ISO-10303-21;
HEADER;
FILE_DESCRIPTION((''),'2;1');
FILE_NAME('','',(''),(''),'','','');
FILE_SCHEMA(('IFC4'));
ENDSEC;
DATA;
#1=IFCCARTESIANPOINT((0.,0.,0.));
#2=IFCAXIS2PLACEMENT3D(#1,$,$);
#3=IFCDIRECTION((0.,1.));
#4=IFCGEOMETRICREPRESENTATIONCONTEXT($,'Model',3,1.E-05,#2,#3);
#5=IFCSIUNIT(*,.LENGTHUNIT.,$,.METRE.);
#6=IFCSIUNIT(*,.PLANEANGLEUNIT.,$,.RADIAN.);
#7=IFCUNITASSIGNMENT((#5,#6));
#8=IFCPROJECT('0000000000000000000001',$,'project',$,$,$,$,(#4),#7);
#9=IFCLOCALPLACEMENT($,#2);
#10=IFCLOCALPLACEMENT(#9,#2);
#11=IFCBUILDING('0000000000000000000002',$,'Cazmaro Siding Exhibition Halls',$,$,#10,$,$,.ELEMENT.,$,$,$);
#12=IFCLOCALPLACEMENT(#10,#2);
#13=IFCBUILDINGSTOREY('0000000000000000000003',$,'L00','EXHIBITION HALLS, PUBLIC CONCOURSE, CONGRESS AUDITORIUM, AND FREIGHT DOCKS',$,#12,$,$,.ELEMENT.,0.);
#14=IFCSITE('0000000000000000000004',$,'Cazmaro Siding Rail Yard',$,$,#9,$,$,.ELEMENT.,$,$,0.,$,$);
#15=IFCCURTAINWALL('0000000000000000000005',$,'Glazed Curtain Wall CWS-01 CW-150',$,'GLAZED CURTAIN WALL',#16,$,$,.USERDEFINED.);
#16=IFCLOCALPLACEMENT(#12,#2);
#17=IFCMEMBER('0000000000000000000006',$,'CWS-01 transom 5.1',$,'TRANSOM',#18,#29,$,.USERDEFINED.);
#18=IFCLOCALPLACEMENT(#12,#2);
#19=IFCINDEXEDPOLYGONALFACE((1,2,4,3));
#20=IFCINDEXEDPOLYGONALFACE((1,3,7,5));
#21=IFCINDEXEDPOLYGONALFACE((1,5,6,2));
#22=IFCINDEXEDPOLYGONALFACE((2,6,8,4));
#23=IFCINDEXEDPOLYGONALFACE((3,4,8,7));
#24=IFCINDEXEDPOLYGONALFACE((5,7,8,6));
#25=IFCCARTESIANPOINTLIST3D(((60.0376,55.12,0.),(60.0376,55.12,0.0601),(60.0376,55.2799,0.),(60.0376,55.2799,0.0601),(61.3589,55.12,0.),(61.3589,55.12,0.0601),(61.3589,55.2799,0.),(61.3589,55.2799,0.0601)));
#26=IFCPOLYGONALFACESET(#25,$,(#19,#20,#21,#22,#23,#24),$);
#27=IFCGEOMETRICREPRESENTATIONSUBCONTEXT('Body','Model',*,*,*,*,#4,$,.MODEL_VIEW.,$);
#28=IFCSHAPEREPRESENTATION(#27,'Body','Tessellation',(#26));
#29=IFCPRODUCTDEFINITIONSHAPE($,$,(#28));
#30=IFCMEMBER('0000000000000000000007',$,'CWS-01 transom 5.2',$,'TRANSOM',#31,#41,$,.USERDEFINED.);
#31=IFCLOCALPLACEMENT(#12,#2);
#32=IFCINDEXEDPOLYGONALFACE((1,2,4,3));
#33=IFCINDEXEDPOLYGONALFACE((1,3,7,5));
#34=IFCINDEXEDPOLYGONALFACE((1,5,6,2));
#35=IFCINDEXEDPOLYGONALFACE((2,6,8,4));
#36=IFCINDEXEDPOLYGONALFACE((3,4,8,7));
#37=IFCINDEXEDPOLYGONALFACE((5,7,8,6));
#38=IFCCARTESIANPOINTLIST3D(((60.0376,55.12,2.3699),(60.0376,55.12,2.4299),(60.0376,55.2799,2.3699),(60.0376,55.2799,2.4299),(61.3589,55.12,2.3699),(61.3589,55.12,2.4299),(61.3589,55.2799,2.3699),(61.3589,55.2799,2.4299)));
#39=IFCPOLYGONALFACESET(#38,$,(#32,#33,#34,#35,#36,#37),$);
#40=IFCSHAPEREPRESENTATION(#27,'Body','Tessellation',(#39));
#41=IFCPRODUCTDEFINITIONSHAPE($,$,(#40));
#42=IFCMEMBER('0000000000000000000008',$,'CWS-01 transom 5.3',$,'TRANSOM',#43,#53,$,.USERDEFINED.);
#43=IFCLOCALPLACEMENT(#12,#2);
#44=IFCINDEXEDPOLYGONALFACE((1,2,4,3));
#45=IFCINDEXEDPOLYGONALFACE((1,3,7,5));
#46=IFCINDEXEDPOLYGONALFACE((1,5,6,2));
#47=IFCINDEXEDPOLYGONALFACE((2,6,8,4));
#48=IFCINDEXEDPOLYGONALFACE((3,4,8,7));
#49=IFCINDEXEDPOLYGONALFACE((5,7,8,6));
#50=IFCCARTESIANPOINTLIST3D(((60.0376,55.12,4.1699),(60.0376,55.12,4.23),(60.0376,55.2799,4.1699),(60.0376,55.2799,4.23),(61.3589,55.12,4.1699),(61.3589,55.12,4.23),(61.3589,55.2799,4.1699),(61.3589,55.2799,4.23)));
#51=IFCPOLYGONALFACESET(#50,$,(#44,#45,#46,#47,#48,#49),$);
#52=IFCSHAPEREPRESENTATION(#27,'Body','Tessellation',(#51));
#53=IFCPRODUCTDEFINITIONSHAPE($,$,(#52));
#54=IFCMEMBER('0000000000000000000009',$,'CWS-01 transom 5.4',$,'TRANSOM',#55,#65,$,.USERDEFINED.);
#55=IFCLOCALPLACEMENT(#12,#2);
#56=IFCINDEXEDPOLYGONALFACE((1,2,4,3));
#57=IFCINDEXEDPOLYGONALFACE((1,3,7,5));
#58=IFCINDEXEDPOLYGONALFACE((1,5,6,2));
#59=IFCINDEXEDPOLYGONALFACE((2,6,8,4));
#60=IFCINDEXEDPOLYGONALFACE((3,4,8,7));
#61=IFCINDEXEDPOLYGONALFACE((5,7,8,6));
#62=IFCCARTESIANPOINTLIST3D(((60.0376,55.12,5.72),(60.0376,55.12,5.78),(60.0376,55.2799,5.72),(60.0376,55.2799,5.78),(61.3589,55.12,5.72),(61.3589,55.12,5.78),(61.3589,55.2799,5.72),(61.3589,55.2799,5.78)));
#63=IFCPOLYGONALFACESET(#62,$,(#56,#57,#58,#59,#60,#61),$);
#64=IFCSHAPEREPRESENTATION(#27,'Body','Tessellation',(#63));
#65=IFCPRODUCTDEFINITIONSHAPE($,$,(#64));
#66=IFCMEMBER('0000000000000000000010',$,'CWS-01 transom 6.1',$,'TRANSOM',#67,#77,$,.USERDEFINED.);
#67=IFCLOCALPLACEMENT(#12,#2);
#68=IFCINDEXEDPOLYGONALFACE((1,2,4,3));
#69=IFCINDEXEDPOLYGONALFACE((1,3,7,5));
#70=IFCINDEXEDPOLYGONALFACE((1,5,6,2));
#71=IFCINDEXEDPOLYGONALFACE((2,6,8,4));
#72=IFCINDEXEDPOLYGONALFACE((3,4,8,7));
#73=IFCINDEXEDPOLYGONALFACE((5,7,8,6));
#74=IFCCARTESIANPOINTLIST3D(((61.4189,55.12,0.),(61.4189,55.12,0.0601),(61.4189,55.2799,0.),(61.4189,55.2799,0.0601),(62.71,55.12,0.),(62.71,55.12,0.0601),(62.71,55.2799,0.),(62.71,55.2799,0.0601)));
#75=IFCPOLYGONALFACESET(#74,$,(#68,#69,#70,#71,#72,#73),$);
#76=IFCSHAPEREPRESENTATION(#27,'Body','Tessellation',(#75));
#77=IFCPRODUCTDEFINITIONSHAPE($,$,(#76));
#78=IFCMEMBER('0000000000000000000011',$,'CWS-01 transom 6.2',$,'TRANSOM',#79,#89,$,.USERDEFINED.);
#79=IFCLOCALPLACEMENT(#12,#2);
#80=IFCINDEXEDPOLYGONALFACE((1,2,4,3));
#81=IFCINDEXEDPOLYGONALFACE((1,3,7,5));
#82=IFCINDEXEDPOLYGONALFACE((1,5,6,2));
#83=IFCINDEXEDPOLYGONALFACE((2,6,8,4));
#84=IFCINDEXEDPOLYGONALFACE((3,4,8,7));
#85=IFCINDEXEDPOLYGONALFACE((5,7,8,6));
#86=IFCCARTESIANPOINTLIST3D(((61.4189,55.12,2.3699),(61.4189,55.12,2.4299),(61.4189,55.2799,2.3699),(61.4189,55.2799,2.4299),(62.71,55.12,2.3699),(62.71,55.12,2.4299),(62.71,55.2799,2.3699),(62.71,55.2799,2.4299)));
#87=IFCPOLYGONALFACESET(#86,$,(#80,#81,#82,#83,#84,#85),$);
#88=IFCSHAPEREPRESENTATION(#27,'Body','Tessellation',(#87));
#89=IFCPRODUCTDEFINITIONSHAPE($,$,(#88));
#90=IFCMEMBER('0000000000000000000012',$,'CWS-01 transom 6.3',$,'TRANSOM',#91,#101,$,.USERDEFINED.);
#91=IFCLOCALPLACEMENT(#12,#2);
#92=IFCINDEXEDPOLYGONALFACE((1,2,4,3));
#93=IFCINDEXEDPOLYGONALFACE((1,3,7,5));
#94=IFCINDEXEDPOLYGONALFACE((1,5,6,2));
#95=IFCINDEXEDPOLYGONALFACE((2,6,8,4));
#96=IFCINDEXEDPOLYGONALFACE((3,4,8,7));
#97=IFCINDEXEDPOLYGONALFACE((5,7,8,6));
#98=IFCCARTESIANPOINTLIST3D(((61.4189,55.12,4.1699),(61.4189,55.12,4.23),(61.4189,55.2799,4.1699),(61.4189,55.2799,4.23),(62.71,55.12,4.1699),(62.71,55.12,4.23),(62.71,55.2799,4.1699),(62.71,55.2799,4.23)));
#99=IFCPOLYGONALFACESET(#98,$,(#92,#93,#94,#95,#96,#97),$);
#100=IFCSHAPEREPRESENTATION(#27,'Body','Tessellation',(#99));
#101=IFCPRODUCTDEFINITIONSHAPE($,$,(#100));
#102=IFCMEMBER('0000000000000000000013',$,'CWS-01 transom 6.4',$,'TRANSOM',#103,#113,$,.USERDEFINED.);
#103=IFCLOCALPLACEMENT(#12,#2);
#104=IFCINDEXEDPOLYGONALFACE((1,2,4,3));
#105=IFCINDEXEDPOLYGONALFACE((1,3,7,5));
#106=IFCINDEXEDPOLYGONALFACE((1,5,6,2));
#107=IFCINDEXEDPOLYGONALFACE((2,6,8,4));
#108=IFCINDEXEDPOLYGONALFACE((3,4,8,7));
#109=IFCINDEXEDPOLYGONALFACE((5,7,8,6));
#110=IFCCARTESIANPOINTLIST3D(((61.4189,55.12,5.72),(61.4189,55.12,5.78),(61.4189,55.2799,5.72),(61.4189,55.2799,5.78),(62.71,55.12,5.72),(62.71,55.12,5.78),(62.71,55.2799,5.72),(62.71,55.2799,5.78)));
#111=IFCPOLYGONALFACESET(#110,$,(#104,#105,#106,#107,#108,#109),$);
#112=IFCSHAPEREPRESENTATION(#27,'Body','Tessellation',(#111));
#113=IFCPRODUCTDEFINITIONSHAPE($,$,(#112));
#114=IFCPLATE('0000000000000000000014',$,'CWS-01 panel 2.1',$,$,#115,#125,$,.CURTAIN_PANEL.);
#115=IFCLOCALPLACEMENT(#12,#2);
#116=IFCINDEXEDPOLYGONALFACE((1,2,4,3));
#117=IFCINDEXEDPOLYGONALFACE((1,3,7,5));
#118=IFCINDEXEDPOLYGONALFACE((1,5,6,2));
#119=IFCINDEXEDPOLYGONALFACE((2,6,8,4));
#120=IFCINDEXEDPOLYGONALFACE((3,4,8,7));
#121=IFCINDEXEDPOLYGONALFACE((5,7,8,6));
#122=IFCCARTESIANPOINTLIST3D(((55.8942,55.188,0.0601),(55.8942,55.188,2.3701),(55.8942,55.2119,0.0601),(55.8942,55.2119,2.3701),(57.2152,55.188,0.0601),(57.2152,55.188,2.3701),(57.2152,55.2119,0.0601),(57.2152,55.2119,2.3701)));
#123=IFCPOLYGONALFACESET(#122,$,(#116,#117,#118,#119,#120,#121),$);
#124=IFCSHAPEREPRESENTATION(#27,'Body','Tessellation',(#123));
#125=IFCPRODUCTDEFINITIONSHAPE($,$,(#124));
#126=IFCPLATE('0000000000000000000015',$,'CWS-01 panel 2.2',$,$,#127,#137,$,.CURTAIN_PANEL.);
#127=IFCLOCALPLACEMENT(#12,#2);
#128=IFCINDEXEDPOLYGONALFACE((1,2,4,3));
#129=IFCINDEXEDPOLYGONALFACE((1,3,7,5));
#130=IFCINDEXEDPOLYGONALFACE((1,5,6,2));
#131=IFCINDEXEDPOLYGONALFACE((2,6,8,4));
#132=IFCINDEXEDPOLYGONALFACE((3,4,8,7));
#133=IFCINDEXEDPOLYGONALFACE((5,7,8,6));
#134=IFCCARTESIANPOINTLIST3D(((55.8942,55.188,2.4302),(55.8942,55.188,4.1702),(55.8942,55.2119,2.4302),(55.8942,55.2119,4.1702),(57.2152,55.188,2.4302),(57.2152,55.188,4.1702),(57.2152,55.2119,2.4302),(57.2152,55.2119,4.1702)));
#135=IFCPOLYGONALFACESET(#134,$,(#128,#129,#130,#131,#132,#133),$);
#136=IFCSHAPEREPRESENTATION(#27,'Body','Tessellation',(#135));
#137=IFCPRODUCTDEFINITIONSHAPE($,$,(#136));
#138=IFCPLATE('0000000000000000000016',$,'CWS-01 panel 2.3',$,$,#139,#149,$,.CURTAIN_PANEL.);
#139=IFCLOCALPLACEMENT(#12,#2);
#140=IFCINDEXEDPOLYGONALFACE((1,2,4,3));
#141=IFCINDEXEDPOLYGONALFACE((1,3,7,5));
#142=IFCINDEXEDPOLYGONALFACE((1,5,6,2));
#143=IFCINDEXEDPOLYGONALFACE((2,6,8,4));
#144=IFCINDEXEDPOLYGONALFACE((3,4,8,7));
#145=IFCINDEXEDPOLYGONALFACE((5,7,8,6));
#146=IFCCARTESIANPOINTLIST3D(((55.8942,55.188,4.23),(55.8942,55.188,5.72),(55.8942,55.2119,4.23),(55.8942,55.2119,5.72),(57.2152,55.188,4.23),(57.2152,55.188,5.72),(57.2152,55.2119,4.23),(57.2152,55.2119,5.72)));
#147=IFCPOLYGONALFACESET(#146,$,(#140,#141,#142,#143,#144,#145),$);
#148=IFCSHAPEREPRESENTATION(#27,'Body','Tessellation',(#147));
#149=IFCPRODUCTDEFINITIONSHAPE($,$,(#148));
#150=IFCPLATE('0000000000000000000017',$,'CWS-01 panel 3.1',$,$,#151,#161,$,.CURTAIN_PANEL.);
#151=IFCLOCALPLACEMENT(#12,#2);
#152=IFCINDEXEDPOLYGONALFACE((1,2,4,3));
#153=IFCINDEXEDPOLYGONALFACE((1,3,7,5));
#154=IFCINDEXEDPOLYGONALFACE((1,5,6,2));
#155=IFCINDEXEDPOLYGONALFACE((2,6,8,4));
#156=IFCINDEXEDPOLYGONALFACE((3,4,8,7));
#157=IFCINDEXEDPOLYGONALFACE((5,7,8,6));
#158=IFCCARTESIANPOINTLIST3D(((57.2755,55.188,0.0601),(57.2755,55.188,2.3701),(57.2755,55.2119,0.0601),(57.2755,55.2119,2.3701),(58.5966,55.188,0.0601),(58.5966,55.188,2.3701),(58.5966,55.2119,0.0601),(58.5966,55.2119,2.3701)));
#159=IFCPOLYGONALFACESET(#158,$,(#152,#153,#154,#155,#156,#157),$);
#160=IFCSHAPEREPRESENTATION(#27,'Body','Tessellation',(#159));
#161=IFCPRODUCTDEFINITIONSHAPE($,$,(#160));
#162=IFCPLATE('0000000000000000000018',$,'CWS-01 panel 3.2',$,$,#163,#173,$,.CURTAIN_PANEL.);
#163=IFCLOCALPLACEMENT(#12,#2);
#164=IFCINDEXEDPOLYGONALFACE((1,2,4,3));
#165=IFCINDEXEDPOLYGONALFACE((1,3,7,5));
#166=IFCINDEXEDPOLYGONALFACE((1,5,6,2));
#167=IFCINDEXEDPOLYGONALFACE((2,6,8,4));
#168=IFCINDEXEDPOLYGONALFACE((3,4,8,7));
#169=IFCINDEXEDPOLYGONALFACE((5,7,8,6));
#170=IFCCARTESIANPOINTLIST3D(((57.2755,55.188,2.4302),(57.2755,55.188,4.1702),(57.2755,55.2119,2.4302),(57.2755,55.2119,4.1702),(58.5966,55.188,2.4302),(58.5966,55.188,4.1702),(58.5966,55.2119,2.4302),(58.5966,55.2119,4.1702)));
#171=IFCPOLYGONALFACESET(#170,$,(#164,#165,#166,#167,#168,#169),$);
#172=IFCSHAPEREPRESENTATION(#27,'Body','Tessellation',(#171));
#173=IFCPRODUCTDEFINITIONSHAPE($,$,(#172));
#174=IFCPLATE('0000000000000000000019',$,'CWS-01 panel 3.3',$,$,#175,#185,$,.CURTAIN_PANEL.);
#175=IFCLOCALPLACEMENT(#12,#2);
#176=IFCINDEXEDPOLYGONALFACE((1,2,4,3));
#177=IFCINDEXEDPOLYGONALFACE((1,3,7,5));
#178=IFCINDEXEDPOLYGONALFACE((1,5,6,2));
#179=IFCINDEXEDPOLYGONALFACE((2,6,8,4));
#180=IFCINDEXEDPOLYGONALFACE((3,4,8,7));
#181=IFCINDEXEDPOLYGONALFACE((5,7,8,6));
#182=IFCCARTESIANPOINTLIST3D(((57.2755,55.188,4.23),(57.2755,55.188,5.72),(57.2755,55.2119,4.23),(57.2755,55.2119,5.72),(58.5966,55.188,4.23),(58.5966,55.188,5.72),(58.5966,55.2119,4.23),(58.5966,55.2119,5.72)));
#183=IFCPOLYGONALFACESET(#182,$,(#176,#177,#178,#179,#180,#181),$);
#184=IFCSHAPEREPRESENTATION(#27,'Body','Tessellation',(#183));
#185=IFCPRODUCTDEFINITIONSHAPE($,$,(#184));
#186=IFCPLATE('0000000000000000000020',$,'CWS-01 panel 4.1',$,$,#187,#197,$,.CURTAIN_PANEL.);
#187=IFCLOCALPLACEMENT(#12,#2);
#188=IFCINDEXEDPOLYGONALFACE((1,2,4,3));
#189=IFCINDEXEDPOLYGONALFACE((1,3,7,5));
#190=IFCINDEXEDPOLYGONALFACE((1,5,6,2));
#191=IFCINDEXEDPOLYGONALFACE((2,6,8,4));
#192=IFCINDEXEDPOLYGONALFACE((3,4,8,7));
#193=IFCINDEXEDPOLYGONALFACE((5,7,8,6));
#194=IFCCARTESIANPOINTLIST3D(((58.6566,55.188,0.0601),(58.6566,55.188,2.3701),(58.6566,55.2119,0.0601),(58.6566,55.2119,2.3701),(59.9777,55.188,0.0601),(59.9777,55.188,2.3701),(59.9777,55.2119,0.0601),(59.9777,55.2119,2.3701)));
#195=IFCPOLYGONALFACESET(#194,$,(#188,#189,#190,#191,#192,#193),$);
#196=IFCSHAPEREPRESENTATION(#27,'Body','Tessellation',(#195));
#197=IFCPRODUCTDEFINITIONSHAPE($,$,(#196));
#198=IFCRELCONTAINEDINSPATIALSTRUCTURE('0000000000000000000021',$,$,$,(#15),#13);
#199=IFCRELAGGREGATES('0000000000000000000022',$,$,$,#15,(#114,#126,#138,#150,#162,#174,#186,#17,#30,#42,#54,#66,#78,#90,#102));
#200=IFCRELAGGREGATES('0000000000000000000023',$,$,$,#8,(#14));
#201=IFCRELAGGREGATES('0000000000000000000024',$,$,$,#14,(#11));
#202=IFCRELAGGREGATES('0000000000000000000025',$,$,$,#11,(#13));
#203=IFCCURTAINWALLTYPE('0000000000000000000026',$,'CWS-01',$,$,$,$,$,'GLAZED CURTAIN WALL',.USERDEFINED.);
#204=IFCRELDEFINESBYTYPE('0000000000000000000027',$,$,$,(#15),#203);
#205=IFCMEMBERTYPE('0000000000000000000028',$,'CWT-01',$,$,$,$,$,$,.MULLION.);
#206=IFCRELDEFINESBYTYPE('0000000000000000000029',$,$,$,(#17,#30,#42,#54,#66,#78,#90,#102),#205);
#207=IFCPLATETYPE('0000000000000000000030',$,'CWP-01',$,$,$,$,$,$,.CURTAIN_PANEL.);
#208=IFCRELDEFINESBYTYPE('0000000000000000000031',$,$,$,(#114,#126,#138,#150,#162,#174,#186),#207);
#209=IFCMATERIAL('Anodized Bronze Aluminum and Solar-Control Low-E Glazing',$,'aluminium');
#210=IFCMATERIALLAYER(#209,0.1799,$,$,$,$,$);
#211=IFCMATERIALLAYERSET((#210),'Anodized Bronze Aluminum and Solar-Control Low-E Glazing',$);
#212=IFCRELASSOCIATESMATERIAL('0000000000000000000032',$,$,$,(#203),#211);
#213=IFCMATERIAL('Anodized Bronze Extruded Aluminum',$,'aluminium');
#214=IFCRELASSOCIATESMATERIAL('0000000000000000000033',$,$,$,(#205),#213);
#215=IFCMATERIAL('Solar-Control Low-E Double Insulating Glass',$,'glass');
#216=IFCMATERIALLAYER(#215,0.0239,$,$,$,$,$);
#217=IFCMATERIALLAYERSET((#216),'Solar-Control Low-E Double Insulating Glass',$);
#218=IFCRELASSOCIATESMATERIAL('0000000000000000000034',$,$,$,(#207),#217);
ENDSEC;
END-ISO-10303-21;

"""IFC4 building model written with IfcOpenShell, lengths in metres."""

from ifc_helpers import new_model, si_unit, direction, frame, origin, origin_2d, place, context, subcontext, project, spatial, rectangle, extrude, material, layer, layer_set, material_profile, profile_set, type_object, element, aggregate, save


model = new_model("IFC4")

# Units and contexts
model_context = context("Model", 3, precision=1e-05, world=origin(), true_north=direction((0.0, 1.0)))
body_context = subcontext(model_context, "Body", "Model", "MODEL_VIEW")
ifc_project = project(units=[si_unit("LENGTHUNIT", "METRE"), si_unit("PLANEANGLEUNIT", "RADIAN")], contexts=[model_context])

# Site, building, storey
site_placement = place(None, origin())
site = spatial("IfcSite", under=ifc_project, at=site_placement, Name="Cazmaro Siding Rail Yard", CompositionType="ELEMENT", RefElevation=0.0)
building_placement = place(site_placement, origin())
building = spatial("IfcBuilding", under=site, at=building_placement, Name="Cazmaro Siding Exhibition Halls", CompositionType="ELEMENT")
storey_placement = place(building_placement, origin())
storey = spatial("IfcBuildingStorey", under=building, at=storey_placement, Name="L00", Description="EXHIBITION HALLS, PUBLIC CONCOURSE, CONGRESS AUDITORIUM, AND FREIGHT DOCKS", CompositionType="ELEMENT", Elevation=0.0)

# Curtain wall, members, plates
ifc_material_1 = material(Name="Anodized Bronze Aluminum and Solar-Control Low-E Glazing", Category="aluminium")
ifc_layer_1 = layer(ifc_material_1, 0.1799)
ifc_layer_set_1 = layer_set([ifc_layer_1], Name="Anodized Bronze Aluminum and Solar-Control Low-E Glazing")
curtain_wall_type = type_object("IfcCurtainWallType", Name="CWS-01", ElementType="GLAZED CURTAIN WALL", PredefinedType="USERDEFINED", material=ifc_layer_set_1)
curtain_wall_placement = place(storey_placement, origin())
curtain_wall = element("IfcCurtainWall", 1, at=curtain_wall_placement, inside=storey, type_object=curtain_wall_type, Name="Glazed Curtain Wall CWS-01 CW-150", ObjectType="GLAZED CURTAIN WALL", PredefinedType="USERDEFINED")
ifc_material_2 = material(Name="Anodized Bronze Extruded Aluminum", Category="aluminium")
ifc_material_profile_1 = material_profile(ifc_material_2, rectangle(XDim=0.1599, YDim=0.0601, at=origin_2d()), Name="CWT-01")
ifc_profile_set_1 = profile_set([ifc_material_profile_1], Name="Anodized Bronze Extruded Aluminum")
member_type_1 = type_object("IfcMemberType", Name="CWT-01", PredefinedType="MULLION", material=ifc_profile_set_1)
member_1_placement = place(storey_placement, frame((60.0376, 55.2, 0.03), z_axis=(1.0, 0.0, 0.0), x_axis=(0.0, 1.0, 0.0)))
member_1 = element("IfcMember", 2, at=member_1_placement, type_object=member_type_1, Name="CWS-01 transom 5.1", ObjectType="TRANSOM", PredefinedType="USERDEFINED", context=body_context, shape_type="SweptSolid", body=[
    extrude(rectangle(XDim=0.1599, YDim=0.0601, at=origin_2d()), origin(), (0.0, 0.0, 1.0), 1.3213),
])
member_2_placement = place(storey_placement, frame((60.0376, 55.2, 2.3999), z_axis=(1.0, 0.0, 0.0), x_axis=(0.0, 1.0, 0.0)))
member_2 = element("IfcMember", 3, at=member_2_placement, type_object=member_type_1, Name="CWS-01 transom 5.2", ObjectType="TRANSOM", PredefinedType="USERDEFINED", context=body_context, shape_type="SweptSolid", body=[
    extrude(rectangle(XDim=0.1599, YDim=0.0601, at=origin_2d()), origin(), (0.0, 0.0, 1.0), 1.3213),
])
member_3_placement = place(storey_placement, frame((60.0376, 55.2, 4.2), z_axis=(1.0, 0.0, 0.0), x_axis=(0.0, 1.0, 0.0)))
member_3 = element("IfcMember", 4, at=member_3_placement, type_object=member_type_1, Name="CWS-01 transom 5.3", ObjectType="TRANSOM", PredefinedType="USERDEFINED", context=body_context, shape_type="SweptSolid", body=[
    extrude(rectangle(XDim=0.1599, YDim=0.0601, at=origin_2d()), origin(), (0.0, 0.0, 1.0), 1.3213),
])
member_4_placement = place(storey_placement, frame((60.0376, 55.2, 5.75), z_axis=(1.0, 0.0, 0.0), x_axis=(0.0, 1.0, 0.0)))
member_4 = element("IfcMember", 5, at=member_4_placement, type_object=member_type_1, Name="CWS-01 transom 5.4", ObjectType="TRANSOM", PredefinedType="USERDEFINED", context=body_context, shape_type="SweptSolid", body=[
    extrude(rectangle(XDim=0.1599, YDim=0.0601, at=origin_2d()), origin(), (0.0, 0.0, 1.0), 1.3213),
])
member_5_placement = place(storey_placement, frame((61.4189, 55.2, 0.03), z_axis=(1.0, 0.0, 0.0), x_axis=(0.0, 1.0, 0.0)))
member_5 = element("IfcMember", 6, at=member_5_placement, type_object=member_type_1, Name="CWS-01 transom 6.1", ObjectType="TRANSOM", PredefinedType="USERDEFINED", context=body_context, shape_type="SweptSolid", body=[
    extrude(rectangle(XDim=0.1599, YDim=0.0601, at=origin_2d()), origin(), (0.0, 0.0, 1.0), 1.291),
])
member_6_placement = place(storey_placement, frame((61.4189, 55.2, 2.3999), z_axis=(1.0, 0.0, 0.0), x_axis=(0.0, 1.0, 0.0)))
member_6 = element("IfcMember", 7, at=member_6_placement, type_object=member_type_1, Name="CWS-01 transom 6.2", ObjectType="TRANSOM", PredefinedType="USERDEFINED", context=body_context, shape_type="SweptSolid", body=[
    extrude(rectangle(XDim=0.1599, YDim=0.0601, at=origin_2d()), origin(), (0.0, 0.0, 1.0), 1.291),
])
member_7_placement = place(storey_placement, frame((61.4189, 55.2, 4.2), z_axis=(1.0, 0.0, 0.0), x_axis=(0.0, 1.0, 0.0)))
member_7 = element("IfcMember", 8, at=member_7_placement, type_object=member_type_1, Name="CWS-01 transom 6.3", ObjectType="TRANSOM", PredefinedType="USERDEFINED", context=body_context, shape_type="SweptSolid", body=[
    extrude(rectangle(XDim=0.1599, YDim=0.0601, at=origin_2d()), origin(), (0.0, 0.0, 1.0), 1.291),
])
member_8_placement = place(storey_placement, frame((61.4189, 55.2, 5.75), z_axis=(1.0, 0.0, 0.0), x_axis=(0.0, 1.0, 0.0)))
member_8 = element("IfcMember", 9, at=member_8_placement, type_object=member_type_1, Name="CWS-01 transom 6.4", ObjectType="TRANSOM", PredefinedType="USERDEFINED", context=body_context, shape_type="SweptSolid", body=[
    extrude(rectangle(XDim=0.1599, YDim=0.0601, at=origin_2d()), origin(), (0.0, 0.0, 1.0), 1.291),
])
ifc_material_3 = material(Name="Solar-Control Low-E Double Insulating Glass", Category="glass")
ifc_layer_2 = layer(ifc_material_3, 0.0239)
ifc_layer_set_2 = layer_set([ifc_layer_2], Name="Solar-Control Low-E Double Insulating Glass")
plate_type = type_object("IfcPlateType", Name="CWP-01", PredefinedType="CURTAIN_PANEL", material=ifc_layer_set_2)
plate_1_placement = place(storey_placement, frame((56.5547, 55.2, 0.0601), z_axis=(0.0, 0.0, 1.0), x_axis=(1.0, 0.0, 0.0)))
plate_1 = element("IfcPlate", 10, at=plate_1_placement, type_object=plate_type, Name="CWS-01 panel 2.1", PredefinedType="CURTAIN_PANEL", context=body_context, shape_type="SweptSolid", body=[
    extrude(rectangle(XDim=1.321, YDim=0.0239, at=origin_2d()), origin(), (0.0, 0.0, 1.0), 2.3101),
])
plate_2_placement = place(storey_placement, frame((56.5547, 55.2, 2.4302), z_axis=(0.0, 0.0, 1.0), x_axis=(1.0, 0.0, 0.0)))
plate_2 = element("IfcPlate", 11, at=plate_2_placement, type_object=plate_type, Name="CWS-01 panel 2.2", PredefinedType="CURTAIN_PANEL", context=body_context, shape_type="SweptSolid", body=[
    extrude(rectangle(XDim=1.321, YDim=0.0239, at=origin_2d()), origin(), (0.0, 0.0, 1.0), 1.74),
])
plate_3_placement = place(storey_placement, frame((56.5547, 55.2, 4.23), z_axis=(0.0, 0.0, 1.0), x_axis=(1.0, 0.0, 0.0)))
plate_3 = element("IfcPlate", 12, at=plate_3_placement, type_object=plate_type, Name="CWS-01 panel 2.3", PredefinedType="CURTAIN_PANEL", context=body_context, shape_type="SweptSolid", body=[
    extrude(rectangle(XDim=1.321, YDim=0.0239, at=origin_2d()), origin(), (0.0, 0.0, 1.0), 1.49),
])
plate_4_placement = place(storey_placement, frame((57.936, 55.2, 0.0601), z_axis=(0.0, 0.0, 1.0), x_axis=(1.0, 0.0, 0.0)))
plate_4 = element("IfcPlate", 13, at=plate_4_placement, type_object=plate_type, Name="CWS-01 panel 3.1", PredefinedType="CURTAIN_PANEL", context=body_context, shape_type="SweptSolid", body=[
    extrude(rectangle(XDim=1.321, YDim=0.0239, at=origin_2d()), origin(), (0.0, 0.0, 1.0), 2.3101),
])
plate_5_placement = place(storey_placement, frame((57.936, 55.2, 2.4302), z_axis=(0.0, 0.0, 1.0), x_axis=(1.0, 0.0, 0.0)))
plate_5 = element("IfcPlate", 14, at=plate_5_placement, type_object=plate_type, Name="CWS-01 panel 3.2", PredefinedType="CURTAIN_PANEL", context=body_context, shape_type="SweptSolid", body=[
    extrude(rectangle(XDim=1.321, YDim=0.0239, at=origin_2d()), origin(), (0.0, 0.0, 1.0), 1.74),
])
plate_6_placement = place(storey_placement, frame((57.936, 55.2, 4.23), z_axis=(0.0, 0.0, 1.0), x_axis=(1.0, 0.0, 0.0)))
plate_6 = element("IfcPlate", 15, at=plate_6_placement, type_object=plate_type, Name="CWS-01 panel 3.3", PredefinedType="CURTAIN_PANEL", context=body_context, shape_type="SweptSolid", body=[
    extrude(rectangle(XDim=1.321, YDim=0.0239, at=origin_2d()), origin(), (0.0, 0.0, 1.0), 1.49),
])
plate_7_placement = place(storey_placement, frame((59.3171, 55.2, 0.0601), z_axis=(0.0, 0.0, 1.0), x_axis=(1.0, 0.0, 0.0)))
plate_7 = element("IfcPlate", 16, at=plate_7_placement, type_object=plate_type, Name="CWS-01 panel 4.1", PredefinedType="CURTAIN_PANEL", context=body_context, shape_type="SweptSolid", body=[
    extrude(rectangle(XDim=1.321, YDim=0.0239, at=origin_2d()), origin(), (0.0, 0.0, 1.0), 2.3101),
])
aggregate(curtain_wall, [plate_1, plate_2, plate_3, plate_4, plate_5, plate_6, plate_7, member_1, member_2, member_3, member_4, member_5, member_6, member_7, member_8])

save(model, "model.ifc")
